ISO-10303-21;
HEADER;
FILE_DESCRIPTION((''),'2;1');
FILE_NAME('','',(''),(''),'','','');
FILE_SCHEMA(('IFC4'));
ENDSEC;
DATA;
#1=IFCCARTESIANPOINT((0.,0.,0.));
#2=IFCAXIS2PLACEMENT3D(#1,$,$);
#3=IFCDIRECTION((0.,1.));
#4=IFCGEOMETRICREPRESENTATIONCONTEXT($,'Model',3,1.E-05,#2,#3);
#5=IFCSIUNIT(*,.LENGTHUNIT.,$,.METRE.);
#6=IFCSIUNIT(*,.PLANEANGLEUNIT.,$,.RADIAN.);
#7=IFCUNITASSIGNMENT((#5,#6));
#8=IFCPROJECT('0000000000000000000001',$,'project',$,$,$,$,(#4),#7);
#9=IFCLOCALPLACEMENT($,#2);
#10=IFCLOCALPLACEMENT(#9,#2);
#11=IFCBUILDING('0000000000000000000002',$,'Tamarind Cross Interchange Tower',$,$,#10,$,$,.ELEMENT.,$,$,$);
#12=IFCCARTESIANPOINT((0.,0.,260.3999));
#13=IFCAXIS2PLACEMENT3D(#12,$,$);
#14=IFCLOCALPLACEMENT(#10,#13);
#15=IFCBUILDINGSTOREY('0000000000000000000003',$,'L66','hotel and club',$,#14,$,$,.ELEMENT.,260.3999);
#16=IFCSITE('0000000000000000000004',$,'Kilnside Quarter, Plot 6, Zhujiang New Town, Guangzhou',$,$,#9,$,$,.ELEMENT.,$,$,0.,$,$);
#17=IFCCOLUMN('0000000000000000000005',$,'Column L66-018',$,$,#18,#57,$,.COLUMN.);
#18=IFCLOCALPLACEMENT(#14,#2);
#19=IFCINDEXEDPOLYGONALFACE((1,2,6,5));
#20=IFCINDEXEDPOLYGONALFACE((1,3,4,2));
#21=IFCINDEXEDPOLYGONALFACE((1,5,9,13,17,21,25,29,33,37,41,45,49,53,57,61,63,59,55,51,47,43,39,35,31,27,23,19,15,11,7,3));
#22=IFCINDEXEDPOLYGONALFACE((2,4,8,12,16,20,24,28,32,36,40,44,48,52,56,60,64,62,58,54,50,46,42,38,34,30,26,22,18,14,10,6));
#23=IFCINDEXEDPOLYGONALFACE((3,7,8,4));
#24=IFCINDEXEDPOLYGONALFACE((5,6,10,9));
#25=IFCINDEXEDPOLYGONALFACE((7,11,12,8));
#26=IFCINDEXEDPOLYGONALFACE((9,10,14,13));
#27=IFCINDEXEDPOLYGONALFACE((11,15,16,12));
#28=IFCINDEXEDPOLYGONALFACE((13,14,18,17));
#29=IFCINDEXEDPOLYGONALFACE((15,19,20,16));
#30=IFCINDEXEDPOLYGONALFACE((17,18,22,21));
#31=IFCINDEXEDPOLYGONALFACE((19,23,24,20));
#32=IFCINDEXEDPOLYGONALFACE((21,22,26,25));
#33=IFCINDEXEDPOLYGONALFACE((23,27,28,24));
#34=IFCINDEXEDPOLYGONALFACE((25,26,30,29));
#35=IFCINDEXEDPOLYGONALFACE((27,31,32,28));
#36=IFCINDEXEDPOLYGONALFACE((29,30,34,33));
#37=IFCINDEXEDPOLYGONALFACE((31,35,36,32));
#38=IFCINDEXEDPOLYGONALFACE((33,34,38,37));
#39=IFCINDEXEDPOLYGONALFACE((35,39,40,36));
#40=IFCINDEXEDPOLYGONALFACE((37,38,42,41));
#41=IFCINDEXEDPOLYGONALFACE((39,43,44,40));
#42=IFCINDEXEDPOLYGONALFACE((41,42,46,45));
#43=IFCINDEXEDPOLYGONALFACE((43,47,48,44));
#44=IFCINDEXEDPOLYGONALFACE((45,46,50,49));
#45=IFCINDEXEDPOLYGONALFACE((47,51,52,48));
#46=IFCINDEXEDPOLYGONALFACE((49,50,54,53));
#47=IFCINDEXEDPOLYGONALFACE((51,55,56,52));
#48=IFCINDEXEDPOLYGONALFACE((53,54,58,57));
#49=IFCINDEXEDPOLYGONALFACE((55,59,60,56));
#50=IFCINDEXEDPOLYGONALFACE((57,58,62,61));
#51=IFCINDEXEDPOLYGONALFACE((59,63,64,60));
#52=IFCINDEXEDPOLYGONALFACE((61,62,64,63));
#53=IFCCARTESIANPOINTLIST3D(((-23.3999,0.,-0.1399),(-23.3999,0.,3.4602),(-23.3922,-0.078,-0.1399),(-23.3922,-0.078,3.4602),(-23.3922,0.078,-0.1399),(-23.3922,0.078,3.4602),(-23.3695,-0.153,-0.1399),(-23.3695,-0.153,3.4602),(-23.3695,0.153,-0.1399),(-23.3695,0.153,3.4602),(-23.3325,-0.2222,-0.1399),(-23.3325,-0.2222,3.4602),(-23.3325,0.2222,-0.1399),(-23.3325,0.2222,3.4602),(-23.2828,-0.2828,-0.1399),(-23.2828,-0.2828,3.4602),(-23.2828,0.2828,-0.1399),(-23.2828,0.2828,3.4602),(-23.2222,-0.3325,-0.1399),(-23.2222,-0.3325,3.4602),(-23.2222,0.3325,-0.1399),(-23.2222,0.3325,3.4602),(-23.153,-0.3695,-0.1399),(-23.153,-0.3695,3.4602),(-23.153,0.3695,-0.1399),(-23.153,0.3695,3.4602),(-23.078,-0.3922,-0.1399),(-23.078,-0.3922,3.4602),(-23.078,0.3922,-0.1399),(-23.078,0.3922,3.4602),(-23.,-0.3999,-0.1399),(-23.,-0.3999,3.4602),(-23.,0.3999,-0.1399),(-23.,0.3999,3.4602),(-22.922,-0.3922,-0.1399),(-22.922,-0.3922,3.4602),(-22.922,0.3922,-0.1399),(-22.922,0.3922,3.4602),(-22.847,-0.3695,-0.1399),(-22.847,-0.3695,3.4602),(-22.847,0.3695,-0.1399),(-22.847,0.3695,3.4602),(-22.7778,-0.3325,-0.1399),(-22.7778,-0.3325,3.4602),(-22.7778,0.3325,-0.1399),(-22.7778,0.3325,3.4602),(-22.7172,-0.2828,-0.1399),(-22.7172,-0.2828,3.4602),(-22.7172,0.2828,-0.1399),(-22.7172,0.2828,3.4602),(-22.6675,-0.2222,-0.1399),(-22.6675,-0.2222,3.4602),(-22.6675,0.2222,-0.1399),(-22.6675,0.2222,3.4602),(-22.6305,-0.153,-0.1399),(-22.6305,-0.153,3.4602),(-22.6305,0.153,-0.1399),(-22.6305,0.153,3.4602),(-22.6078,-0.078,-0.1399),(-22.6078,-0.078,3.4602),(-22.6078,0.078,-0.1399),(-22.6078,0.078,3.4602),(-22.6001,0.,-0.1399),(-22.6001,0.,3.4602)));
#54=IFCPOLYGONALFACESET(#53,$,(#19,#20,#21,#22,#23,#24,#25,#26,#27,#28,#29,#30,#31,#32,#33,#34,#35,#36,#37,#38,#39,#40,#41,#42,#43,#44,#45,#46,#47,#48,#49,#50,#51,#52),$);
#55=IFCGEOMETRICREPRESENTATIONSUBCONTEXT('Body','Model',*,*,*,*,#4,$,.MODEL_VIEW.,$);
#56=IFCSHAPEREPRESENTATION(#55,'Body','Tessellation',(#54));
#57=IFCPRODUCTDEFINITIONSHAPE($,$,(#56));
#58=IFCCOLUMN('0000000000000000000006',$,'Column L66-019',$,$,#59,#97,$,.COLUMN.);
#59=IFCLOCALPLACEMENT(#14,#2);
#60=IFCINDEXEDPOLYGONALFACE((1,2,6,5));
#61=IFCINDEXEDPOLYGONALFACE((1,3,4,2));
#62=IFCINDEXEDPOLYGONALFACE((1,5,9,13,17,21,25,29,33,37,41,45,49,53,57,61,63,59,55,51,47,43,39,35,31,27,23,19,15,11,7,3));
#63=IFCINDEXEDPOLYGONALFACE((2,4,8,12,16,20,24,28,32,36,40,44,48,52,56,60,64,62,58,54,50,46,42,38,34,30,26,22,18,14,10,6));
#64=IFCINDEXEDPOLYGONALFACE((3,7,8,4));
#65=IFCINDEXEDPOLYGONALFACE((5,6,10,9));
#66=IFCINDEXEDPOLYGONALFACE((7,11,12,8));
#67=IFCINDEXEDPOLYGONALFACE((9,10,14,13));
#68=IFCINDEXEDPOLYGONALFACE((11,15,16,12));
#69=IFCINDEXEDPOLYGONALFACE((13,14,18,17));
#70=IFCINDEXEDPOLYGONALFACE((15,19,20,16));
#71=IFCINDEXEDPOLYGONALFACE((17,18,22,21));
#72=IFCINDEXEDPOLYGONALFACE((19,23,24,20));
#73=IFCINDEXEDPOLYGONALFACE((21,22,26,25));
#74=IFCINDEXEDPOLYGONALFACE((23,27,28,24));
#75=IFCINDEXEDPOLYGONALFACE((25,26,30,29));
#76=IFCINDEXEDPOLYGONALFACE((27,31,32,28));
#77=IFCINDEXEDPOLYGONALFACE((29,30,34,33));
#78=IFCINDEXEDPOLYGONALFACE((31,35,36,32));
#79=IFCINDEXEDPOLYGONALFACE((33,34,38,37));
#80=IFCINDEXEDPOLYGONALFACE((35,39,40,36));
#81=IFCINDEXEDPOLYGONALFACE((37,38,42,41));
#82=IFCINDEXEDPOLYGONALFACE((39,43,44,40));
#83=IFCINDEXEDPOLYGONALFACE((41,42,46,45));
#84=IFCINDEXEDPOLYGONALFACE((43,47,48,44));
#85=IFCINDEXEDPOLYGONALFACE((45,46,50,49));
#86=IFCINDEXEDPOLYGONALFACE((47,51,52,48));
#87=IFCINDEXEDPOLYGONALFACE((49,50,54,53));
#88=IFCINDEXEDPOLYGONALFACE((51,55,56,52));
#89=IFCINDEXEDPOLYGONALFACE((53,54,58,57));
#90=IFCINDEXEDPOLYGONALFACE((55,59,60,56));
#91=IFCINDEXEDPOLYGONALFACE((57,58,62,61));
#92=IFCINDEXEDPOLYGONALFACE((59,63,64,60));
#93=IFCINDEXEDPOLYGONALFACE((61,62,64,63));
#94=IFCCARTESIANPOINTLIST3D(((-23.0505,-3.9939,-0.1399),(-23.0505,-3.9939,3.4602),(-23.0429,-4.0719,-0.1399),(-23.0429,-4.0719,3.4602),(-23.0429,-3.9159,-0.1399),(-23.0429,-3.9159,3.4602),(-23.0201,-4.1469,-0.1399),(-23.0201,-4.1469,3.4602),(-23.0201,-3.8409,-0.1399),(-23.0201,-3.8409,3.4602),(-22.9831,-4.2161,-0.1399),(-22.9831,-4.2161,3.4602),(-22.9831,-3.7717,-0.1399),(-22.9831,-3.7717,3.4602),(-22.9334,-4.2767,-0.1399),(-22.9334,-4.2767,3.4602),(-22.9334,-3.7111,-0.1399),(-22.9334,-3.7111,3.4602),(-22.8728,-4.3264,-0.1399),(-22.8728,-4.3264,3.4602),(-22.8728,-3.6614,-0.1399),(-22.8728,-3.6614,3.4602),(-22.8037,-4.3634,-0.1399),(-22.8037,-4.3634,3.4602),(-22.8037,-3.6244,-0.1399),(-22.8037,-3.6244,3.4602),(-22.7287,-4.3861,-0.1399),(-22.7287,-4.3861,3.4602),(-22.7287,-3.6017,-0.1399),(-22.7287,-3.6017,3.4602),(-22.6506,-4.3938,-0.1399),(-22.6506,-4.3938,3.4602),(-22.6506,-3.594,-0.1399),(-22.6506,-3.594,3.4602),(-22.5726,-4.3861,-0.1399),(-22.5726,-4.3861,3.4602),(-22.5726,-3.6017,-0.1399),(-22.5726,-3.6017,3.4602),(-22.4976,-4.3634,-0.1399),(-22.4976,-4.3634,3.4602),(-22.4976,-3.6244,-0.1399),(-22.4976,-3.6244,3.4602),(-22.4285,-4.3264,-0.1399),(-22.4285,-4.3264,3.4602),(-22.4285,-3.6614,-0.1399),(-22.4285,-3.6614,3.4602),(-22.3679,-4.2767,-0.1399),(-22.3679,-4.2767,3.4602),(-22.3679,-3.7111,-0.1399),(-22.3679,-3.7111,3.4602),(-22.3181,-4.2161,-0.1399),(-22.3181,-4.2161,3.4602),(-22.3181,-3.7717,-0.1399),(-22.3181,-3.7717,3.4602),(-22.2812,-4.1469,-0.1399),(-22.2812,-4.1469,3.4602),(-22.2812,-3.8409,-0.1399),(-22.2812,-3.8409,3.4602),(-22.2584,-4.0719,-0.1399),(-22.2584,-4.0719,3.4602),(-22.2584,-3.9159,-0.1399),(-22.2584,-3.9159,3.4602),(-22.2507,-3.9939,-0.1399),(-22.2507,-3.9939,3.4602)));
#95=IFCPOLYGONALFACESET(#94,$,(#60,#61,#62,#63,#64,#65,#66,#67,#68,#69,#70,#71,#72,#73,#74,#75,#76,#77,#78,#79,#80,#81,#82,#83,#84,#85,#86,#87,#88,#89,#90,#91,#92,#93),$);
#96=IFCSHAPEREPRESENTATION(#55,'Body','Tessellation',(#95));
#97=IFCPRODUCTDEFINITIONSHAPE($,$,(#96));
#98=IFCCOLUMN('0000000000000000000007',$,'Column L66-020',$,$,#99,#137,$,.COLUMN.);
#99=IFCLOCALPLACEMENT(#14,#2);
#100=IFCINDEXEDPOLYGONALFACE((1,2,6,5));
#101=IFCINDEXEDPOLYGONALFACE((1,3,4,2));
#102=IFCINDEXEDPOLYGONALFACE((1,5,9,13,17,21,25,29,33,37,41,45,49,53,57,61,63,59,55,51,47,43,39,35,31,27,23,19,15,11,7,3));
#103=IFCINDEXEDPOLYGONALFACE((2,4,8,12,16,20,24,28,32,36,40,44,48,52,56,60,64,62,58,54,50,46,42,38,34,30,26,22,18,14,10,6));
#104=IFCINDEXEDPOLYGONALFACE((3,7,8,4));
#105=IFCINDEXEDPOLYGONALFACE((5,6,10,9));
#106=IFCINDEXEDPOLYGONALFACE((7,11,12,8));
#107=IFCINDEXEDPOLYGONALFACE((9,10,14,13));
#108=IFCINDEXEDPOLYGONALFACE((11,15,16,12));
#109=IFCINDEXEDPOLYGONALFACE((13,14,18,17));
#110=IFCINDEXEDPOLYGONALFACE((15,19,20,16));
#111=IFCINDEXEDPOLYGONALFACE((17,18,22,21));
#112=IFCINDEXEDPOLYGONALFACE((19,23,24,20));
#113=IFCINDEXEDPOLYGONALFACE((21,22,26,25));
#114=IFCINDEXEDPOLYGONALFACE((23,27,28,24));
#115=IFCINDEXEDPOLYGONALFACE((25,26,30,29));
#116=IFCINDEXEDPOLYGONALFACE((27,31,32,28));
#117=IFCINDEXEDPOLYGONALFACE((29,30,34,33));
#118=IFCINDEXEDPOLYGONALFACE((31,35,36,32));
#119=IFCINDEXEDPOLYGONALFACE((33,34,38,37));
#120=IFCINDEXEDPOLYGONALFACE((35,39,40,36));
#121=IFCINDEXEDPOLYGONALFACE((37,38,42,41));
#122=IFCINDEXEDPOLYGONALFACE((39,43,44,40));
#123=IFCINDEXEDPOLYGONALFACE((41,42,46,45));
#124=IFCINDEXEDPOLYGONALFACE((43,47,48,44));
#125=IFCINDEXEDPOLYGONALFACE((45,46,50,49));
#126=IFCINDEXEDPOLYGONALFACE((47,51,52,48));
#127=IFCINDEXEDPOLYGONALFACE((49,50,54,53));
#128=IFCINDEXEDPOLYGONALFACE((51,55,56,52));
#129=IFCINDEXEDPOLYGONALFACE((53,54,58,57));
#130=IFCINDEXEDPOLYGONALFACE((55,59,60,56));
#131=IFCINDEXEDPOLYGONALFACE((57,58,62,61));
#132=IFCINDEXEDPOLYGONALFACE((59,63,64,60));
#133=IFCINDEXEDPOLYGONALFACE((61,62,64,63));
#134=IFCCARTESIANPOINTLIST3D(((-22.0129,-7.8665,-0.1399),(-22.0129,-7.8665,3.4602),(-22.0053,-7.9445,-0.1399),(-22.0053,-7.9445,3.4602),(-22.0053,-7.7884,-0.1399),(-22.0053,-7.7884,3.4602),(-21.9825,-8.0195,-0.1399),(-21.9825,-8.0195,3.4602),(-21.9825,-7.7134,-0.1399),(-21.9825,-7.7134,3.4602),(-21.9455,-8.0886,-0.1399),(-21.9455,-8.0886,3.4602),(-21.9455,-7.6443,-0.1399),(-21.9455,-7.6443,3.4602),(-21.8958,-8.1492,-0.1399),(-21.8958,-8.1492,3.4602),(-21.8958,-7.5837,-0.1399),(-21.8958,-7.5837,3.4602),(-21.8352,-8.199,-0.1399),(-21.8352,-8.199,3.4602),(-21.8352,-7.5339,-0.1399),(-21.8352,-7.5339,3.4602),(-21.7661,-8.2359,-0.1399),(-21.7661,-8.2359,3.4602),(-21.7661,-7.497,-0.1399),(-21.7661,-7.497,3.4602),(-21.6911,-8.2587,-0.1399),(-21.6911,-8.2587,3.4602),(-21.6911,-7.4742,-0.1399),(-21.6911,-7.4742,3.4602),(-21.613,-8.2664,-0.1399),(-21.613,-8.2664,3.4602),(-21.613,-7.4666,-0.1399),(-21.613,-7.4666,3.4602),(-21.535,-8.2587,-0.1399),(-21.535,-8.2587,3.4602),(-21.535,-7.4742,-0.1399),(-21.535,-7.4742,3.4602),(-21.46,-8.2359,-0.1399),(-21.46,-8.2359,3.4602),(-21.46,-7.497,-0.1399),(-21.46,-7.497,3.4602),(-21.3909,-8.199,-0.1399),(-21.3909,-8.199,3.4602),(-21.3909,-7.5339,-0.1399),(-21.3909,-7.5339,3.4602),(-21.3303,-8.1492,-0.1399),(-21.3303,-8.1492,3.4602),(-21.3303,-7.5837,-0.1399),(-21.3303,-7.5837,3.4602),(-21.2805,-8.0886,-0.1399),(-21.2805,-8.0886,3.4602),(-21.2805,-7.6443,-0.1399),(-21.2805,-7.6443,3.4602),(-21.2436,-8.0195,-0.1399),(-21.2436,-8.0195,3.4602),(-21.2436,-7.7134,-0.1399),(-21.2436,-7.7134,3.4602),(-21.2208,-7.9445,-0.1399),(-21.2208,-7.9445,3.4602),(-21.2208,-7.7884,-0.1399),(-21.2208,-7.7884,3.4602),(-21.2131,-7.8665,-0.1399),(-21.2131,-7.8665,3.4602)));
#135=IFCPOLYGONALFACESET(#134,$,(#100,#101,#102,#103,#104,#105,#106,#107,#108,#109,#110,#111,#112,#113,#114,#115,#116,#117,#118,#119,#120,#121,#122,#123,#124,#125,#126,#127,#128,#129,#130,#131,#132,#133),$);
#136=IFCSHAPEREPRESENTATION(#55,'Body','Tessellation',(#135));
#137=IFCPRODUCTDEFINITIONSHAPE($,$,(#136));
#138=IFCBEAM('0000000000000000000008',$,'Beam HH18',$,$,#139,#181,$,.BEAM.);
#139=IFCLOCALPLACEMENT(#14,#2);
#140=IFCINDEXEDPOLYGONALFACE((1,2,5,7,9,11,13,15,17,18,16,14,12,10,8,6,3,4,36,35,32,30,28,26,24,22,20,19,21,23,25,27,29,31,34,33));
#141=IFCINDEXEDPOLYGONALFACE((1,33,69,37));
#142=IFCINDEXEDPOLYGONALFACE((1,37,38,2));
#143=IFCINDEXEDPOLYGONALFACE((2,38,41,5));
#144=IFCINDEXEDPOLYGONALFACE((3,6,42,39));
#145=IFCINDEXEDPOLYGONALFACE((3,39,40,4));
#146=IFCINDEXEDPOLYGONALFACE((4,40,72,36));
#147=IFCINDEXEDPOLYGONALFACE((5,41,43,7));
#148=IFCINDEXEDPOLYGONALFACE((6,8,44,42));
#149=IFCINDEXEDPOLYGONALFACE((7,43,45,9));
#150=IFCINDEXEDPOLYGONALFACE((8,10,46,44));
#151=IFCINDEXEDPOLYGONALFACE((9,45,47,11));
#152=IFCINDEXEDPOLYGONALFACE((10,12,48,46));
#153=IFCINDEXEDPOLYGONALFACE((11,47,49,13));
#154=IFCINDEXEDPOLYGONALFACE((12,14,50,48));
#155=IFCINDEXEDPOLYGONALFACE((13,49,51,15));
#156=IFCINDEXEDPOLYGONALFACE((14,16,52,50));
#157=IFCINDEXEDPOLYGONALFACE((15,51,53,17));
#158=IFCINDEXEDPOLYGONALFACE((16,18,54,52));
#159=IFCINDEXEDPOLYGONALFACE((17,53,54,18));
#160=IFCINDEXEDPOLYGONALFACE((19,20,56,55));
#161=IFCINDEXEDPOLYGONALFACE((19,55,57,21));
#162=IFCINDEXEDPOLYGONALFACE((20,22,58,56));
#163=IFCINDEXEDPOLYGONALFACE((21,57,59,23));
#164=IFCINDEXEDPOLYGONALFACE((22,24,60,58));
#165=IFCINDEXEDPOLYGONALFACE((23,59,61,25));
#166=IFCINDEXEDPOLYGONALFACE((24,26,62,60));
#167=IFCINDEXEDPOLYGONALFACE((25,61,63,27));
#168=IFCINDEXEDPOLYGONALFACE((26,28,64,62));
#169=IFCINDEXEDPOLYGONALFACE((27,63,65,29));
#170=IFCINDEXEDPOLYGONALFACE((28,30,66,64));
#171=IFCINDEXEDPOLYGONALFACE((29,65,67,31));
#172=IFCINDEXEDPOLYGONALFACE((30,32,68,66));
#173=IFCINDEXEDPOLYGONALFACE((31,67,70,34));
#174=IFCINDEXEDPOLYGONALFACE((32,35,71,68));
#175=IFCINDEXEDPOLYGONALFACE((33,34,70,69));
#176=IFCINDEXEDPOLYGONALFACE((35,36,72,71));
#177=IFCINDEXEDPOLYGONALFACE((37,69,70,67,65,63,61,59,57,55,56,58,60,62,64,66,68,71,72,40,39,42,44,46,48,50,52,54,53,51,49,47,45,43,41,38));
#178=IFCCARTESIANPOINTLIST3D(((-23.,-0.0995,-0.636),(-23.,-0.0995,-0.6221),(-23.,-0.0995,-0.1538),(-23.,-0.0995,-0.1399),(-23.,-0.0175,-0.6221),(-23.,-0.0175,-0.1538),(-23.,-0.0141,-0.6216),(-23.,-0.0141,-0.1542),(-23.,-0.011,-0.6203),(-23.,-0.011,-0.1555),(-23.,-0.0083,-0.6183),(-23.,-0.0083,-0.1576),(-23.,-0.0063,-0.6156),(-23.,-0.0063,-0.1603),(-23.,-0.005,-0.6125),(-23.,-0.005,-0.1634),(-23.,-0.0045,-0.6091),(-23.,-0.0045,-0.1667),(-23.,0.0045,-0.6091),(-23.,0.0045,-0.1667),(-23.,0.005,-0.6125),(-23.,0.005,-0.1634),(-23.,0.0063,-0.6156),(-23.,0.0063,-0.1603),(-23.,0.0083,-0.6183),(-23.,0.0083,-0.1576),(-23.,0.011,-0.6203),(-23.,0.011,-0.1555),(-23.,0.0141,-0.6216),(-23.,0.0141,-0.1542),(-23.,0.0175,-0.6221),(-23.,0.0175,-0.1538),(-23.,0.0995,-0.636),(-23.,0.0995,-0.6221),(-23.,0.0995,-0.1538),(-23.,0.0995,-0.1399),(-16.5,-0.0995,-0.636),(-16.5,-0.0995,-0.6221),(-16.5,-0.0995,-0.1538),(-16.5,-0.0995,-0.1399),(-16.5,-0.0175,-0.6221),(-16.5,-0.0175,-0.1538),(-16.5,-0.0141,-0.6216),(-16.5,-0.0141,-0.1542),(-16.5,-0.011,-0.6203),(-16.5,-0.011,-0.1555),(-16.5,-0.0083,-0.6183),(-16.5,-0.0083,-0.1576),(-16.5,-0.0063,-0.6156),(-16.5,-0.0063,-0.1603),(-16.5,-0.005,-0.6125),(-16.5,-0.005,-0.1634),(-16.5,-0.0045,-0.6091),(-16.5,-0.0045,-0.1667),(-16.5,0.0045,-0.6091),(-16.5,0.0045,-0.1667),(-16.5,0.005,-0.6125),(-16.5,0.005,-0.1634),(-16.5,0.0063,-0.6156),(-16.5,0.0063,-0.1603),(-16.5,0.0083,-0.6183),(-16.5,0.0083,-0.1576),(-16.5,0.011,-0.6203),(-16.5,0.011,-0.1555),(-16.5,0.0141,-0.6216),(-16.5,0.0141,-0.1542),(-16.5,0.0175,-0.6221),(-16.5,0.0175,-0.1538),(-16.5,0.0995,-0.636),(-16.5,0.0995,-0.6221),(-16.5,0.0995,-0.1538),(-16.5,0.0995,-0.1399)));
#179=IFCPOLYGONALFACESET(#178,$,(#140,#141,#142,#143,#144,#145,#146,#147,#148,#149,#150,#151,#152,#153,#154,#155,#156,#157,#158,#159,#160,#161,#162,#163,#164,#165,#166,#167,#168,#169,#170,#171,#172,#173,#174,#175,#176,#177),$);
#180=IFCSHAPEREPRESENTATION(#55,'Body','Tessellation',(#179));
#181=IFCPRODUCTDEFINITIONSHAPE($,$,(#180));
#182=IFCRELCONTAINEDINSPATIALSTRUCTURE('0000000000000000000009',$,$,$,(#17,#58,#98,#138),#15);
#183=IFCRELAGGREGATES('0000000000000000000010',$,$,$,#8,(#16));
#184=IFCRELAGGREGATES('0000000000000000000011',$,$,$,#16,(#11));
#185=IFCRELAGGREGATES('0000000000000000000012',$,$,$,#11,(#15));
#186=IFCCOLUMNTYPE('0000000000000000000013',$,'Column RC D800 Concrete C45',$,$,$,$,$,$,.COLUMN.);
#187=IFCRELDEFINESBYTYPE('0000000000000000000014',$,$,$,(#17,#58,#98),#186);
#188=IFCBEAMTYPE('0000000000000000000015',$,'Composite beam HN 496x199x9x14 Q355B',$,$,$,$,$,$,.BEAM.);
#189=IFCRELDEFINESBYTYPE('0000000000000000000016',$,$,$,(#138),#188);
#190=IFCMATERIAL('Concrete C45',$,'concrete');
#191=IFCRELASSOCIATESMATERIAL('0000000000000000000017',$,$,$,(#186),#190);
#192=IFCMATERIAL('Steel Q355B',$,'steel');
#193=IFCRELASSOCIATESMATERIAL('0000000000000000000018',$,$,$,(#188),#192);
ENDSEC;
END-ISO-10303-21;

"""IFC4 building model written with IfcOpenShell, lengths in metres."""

from ifc_helpers import new_model, si_unit, direction, frame, origin, origin_2d, place, context, subcontext, project, spatial, circle, i_section, extrude, material, material_profile, profile_set, type_object, element, save


model = new_model("IFC4")

# Units and contexts
model_context = context("Model", 3, precision=1e-05, world=origin(), true_north=direction((0.0, 1.0)))
body_context = subcontext(model_context, "Body", "Model", "MODEL_VIEW")
ifc_project = project(units=[si_unit("LENGTHUNIT", "METRE"), si_unit("PLANEANGLEUNIT", "RADIAN")], contexts=[model_context])

# Site, building, storey
site_placement = place(None, origin())
site = spatial("IfcSite", under=ifc_project, at=site_placement, Name="Kilnside Quarter, Plot 6, Zhujiang New Town, Guangzhou", CompositionType="ELEMENT", RefElevation=0.0)
building_placement = place(site_placement, origin())
building = spatial("IfcBuilding", under=site, at=building_placement, Name="Tamarind Cross Interchange Tower", CompositionType="ELEMENT")
storey_placement = place(building_placement, frame((0.0, 0.0, 260.3999)))
storey = spatial("IfcBuildingStorey", under=building, at=storey_placement, Name="L66", Description="hotel and club", CompositionType="ELEMENT", Elevation=260.3999)

# Columns
ifc_material_1 = material(Name="Concrete C45", Category="concrete")
ifc_material_profile_1 = material_profile(ifc_material_1, circle(Radius=0.3999, at=origin_2d()), Name="RC D800")
ifc_profile_set_1 = profile_set([ifc_material_profile_1], Name="Concrete C45")
column_type = type_object("IfcColumnType", Name="Column RC D800 Concrete C45", PredefinedType="COLUMN", material=ifc_profile_set_1)
for number, where, z_axis, x_axis, name in (
    (1, (-23.0, 0.0, -0.1399), (0.0, 0.0, 1.0), (1.0, 0.0, 0.0), "Column L66-018"),
    (2, (-22.6506, -3.9939, -0.1399), (0.0, 0.0, 1.0), (1.0, 0.0, 0.0), "Column L66-019"),
    (3, (-21.613, -7.8665, -0.1399), (0.0, 0.0, 1.0), (1.0, 0.0, 0.0), "Column L66-020"),
):
    element("IfcColumn", number, at=place(storey_placement, frame(where, z_axis=z_axis, x_axis=x_axis)), inside=storey, type_object=column_type, Name=name, PredefinedType="COLUMN", context=body_context, shape_type="SweptSolid", body=[
        extrude(circle(Radius=0.3999, at=origin_2d()), origin(), (0.0, 0.0, 1.0), 3.6001),
    ])

# Beam
ifc_material_2 = material(Name="Steel Q355B", Category="steel")
ifc_material_profile_2 = material_profile(ifc_material_2, i_section(OverallWidth=0.199, OverallDepth=0.4961, WebThickness=0.009, FlangeThickness=0.0139, FilletRadius=0.0129, at=origin_2d()), Name="HN 496x199x9x14")
ifc_profile_set_2 = profile_set([ifc_material_profile_2], Name="Steel Q355B")
beam_type = type_object("IfcBeamType", Name="Composite beam HN 496x199x9x14 Q355B", PredefinedType="BEAM", material=ifc_profile_set_2)
beam_1_placement = place(storey_placement, frame((-23.0, 0.0, -0.3879), z_axis=(1.0, 0.0, 0.0), x_axis=(0.0, 1.0, 0.0)))
element("IfcBeam", 4, at=beam_1_placement, inside=storey, type_object=beam_type, Name="Beam HH18", PredefinedType="BEAM", context=body_context, shape_type="SweptSolid", body=[
    extrude(i_section(OverallWidth=0.199, OverallDepth=0.4961, WebThickness=0.009, FlangeThickness=0.0139, FilletRadius=0.0129, at=origin_2d()), origin(), (0.0, 0.0, 1.0), 6.5),
])

save(model, "model.ifc")
